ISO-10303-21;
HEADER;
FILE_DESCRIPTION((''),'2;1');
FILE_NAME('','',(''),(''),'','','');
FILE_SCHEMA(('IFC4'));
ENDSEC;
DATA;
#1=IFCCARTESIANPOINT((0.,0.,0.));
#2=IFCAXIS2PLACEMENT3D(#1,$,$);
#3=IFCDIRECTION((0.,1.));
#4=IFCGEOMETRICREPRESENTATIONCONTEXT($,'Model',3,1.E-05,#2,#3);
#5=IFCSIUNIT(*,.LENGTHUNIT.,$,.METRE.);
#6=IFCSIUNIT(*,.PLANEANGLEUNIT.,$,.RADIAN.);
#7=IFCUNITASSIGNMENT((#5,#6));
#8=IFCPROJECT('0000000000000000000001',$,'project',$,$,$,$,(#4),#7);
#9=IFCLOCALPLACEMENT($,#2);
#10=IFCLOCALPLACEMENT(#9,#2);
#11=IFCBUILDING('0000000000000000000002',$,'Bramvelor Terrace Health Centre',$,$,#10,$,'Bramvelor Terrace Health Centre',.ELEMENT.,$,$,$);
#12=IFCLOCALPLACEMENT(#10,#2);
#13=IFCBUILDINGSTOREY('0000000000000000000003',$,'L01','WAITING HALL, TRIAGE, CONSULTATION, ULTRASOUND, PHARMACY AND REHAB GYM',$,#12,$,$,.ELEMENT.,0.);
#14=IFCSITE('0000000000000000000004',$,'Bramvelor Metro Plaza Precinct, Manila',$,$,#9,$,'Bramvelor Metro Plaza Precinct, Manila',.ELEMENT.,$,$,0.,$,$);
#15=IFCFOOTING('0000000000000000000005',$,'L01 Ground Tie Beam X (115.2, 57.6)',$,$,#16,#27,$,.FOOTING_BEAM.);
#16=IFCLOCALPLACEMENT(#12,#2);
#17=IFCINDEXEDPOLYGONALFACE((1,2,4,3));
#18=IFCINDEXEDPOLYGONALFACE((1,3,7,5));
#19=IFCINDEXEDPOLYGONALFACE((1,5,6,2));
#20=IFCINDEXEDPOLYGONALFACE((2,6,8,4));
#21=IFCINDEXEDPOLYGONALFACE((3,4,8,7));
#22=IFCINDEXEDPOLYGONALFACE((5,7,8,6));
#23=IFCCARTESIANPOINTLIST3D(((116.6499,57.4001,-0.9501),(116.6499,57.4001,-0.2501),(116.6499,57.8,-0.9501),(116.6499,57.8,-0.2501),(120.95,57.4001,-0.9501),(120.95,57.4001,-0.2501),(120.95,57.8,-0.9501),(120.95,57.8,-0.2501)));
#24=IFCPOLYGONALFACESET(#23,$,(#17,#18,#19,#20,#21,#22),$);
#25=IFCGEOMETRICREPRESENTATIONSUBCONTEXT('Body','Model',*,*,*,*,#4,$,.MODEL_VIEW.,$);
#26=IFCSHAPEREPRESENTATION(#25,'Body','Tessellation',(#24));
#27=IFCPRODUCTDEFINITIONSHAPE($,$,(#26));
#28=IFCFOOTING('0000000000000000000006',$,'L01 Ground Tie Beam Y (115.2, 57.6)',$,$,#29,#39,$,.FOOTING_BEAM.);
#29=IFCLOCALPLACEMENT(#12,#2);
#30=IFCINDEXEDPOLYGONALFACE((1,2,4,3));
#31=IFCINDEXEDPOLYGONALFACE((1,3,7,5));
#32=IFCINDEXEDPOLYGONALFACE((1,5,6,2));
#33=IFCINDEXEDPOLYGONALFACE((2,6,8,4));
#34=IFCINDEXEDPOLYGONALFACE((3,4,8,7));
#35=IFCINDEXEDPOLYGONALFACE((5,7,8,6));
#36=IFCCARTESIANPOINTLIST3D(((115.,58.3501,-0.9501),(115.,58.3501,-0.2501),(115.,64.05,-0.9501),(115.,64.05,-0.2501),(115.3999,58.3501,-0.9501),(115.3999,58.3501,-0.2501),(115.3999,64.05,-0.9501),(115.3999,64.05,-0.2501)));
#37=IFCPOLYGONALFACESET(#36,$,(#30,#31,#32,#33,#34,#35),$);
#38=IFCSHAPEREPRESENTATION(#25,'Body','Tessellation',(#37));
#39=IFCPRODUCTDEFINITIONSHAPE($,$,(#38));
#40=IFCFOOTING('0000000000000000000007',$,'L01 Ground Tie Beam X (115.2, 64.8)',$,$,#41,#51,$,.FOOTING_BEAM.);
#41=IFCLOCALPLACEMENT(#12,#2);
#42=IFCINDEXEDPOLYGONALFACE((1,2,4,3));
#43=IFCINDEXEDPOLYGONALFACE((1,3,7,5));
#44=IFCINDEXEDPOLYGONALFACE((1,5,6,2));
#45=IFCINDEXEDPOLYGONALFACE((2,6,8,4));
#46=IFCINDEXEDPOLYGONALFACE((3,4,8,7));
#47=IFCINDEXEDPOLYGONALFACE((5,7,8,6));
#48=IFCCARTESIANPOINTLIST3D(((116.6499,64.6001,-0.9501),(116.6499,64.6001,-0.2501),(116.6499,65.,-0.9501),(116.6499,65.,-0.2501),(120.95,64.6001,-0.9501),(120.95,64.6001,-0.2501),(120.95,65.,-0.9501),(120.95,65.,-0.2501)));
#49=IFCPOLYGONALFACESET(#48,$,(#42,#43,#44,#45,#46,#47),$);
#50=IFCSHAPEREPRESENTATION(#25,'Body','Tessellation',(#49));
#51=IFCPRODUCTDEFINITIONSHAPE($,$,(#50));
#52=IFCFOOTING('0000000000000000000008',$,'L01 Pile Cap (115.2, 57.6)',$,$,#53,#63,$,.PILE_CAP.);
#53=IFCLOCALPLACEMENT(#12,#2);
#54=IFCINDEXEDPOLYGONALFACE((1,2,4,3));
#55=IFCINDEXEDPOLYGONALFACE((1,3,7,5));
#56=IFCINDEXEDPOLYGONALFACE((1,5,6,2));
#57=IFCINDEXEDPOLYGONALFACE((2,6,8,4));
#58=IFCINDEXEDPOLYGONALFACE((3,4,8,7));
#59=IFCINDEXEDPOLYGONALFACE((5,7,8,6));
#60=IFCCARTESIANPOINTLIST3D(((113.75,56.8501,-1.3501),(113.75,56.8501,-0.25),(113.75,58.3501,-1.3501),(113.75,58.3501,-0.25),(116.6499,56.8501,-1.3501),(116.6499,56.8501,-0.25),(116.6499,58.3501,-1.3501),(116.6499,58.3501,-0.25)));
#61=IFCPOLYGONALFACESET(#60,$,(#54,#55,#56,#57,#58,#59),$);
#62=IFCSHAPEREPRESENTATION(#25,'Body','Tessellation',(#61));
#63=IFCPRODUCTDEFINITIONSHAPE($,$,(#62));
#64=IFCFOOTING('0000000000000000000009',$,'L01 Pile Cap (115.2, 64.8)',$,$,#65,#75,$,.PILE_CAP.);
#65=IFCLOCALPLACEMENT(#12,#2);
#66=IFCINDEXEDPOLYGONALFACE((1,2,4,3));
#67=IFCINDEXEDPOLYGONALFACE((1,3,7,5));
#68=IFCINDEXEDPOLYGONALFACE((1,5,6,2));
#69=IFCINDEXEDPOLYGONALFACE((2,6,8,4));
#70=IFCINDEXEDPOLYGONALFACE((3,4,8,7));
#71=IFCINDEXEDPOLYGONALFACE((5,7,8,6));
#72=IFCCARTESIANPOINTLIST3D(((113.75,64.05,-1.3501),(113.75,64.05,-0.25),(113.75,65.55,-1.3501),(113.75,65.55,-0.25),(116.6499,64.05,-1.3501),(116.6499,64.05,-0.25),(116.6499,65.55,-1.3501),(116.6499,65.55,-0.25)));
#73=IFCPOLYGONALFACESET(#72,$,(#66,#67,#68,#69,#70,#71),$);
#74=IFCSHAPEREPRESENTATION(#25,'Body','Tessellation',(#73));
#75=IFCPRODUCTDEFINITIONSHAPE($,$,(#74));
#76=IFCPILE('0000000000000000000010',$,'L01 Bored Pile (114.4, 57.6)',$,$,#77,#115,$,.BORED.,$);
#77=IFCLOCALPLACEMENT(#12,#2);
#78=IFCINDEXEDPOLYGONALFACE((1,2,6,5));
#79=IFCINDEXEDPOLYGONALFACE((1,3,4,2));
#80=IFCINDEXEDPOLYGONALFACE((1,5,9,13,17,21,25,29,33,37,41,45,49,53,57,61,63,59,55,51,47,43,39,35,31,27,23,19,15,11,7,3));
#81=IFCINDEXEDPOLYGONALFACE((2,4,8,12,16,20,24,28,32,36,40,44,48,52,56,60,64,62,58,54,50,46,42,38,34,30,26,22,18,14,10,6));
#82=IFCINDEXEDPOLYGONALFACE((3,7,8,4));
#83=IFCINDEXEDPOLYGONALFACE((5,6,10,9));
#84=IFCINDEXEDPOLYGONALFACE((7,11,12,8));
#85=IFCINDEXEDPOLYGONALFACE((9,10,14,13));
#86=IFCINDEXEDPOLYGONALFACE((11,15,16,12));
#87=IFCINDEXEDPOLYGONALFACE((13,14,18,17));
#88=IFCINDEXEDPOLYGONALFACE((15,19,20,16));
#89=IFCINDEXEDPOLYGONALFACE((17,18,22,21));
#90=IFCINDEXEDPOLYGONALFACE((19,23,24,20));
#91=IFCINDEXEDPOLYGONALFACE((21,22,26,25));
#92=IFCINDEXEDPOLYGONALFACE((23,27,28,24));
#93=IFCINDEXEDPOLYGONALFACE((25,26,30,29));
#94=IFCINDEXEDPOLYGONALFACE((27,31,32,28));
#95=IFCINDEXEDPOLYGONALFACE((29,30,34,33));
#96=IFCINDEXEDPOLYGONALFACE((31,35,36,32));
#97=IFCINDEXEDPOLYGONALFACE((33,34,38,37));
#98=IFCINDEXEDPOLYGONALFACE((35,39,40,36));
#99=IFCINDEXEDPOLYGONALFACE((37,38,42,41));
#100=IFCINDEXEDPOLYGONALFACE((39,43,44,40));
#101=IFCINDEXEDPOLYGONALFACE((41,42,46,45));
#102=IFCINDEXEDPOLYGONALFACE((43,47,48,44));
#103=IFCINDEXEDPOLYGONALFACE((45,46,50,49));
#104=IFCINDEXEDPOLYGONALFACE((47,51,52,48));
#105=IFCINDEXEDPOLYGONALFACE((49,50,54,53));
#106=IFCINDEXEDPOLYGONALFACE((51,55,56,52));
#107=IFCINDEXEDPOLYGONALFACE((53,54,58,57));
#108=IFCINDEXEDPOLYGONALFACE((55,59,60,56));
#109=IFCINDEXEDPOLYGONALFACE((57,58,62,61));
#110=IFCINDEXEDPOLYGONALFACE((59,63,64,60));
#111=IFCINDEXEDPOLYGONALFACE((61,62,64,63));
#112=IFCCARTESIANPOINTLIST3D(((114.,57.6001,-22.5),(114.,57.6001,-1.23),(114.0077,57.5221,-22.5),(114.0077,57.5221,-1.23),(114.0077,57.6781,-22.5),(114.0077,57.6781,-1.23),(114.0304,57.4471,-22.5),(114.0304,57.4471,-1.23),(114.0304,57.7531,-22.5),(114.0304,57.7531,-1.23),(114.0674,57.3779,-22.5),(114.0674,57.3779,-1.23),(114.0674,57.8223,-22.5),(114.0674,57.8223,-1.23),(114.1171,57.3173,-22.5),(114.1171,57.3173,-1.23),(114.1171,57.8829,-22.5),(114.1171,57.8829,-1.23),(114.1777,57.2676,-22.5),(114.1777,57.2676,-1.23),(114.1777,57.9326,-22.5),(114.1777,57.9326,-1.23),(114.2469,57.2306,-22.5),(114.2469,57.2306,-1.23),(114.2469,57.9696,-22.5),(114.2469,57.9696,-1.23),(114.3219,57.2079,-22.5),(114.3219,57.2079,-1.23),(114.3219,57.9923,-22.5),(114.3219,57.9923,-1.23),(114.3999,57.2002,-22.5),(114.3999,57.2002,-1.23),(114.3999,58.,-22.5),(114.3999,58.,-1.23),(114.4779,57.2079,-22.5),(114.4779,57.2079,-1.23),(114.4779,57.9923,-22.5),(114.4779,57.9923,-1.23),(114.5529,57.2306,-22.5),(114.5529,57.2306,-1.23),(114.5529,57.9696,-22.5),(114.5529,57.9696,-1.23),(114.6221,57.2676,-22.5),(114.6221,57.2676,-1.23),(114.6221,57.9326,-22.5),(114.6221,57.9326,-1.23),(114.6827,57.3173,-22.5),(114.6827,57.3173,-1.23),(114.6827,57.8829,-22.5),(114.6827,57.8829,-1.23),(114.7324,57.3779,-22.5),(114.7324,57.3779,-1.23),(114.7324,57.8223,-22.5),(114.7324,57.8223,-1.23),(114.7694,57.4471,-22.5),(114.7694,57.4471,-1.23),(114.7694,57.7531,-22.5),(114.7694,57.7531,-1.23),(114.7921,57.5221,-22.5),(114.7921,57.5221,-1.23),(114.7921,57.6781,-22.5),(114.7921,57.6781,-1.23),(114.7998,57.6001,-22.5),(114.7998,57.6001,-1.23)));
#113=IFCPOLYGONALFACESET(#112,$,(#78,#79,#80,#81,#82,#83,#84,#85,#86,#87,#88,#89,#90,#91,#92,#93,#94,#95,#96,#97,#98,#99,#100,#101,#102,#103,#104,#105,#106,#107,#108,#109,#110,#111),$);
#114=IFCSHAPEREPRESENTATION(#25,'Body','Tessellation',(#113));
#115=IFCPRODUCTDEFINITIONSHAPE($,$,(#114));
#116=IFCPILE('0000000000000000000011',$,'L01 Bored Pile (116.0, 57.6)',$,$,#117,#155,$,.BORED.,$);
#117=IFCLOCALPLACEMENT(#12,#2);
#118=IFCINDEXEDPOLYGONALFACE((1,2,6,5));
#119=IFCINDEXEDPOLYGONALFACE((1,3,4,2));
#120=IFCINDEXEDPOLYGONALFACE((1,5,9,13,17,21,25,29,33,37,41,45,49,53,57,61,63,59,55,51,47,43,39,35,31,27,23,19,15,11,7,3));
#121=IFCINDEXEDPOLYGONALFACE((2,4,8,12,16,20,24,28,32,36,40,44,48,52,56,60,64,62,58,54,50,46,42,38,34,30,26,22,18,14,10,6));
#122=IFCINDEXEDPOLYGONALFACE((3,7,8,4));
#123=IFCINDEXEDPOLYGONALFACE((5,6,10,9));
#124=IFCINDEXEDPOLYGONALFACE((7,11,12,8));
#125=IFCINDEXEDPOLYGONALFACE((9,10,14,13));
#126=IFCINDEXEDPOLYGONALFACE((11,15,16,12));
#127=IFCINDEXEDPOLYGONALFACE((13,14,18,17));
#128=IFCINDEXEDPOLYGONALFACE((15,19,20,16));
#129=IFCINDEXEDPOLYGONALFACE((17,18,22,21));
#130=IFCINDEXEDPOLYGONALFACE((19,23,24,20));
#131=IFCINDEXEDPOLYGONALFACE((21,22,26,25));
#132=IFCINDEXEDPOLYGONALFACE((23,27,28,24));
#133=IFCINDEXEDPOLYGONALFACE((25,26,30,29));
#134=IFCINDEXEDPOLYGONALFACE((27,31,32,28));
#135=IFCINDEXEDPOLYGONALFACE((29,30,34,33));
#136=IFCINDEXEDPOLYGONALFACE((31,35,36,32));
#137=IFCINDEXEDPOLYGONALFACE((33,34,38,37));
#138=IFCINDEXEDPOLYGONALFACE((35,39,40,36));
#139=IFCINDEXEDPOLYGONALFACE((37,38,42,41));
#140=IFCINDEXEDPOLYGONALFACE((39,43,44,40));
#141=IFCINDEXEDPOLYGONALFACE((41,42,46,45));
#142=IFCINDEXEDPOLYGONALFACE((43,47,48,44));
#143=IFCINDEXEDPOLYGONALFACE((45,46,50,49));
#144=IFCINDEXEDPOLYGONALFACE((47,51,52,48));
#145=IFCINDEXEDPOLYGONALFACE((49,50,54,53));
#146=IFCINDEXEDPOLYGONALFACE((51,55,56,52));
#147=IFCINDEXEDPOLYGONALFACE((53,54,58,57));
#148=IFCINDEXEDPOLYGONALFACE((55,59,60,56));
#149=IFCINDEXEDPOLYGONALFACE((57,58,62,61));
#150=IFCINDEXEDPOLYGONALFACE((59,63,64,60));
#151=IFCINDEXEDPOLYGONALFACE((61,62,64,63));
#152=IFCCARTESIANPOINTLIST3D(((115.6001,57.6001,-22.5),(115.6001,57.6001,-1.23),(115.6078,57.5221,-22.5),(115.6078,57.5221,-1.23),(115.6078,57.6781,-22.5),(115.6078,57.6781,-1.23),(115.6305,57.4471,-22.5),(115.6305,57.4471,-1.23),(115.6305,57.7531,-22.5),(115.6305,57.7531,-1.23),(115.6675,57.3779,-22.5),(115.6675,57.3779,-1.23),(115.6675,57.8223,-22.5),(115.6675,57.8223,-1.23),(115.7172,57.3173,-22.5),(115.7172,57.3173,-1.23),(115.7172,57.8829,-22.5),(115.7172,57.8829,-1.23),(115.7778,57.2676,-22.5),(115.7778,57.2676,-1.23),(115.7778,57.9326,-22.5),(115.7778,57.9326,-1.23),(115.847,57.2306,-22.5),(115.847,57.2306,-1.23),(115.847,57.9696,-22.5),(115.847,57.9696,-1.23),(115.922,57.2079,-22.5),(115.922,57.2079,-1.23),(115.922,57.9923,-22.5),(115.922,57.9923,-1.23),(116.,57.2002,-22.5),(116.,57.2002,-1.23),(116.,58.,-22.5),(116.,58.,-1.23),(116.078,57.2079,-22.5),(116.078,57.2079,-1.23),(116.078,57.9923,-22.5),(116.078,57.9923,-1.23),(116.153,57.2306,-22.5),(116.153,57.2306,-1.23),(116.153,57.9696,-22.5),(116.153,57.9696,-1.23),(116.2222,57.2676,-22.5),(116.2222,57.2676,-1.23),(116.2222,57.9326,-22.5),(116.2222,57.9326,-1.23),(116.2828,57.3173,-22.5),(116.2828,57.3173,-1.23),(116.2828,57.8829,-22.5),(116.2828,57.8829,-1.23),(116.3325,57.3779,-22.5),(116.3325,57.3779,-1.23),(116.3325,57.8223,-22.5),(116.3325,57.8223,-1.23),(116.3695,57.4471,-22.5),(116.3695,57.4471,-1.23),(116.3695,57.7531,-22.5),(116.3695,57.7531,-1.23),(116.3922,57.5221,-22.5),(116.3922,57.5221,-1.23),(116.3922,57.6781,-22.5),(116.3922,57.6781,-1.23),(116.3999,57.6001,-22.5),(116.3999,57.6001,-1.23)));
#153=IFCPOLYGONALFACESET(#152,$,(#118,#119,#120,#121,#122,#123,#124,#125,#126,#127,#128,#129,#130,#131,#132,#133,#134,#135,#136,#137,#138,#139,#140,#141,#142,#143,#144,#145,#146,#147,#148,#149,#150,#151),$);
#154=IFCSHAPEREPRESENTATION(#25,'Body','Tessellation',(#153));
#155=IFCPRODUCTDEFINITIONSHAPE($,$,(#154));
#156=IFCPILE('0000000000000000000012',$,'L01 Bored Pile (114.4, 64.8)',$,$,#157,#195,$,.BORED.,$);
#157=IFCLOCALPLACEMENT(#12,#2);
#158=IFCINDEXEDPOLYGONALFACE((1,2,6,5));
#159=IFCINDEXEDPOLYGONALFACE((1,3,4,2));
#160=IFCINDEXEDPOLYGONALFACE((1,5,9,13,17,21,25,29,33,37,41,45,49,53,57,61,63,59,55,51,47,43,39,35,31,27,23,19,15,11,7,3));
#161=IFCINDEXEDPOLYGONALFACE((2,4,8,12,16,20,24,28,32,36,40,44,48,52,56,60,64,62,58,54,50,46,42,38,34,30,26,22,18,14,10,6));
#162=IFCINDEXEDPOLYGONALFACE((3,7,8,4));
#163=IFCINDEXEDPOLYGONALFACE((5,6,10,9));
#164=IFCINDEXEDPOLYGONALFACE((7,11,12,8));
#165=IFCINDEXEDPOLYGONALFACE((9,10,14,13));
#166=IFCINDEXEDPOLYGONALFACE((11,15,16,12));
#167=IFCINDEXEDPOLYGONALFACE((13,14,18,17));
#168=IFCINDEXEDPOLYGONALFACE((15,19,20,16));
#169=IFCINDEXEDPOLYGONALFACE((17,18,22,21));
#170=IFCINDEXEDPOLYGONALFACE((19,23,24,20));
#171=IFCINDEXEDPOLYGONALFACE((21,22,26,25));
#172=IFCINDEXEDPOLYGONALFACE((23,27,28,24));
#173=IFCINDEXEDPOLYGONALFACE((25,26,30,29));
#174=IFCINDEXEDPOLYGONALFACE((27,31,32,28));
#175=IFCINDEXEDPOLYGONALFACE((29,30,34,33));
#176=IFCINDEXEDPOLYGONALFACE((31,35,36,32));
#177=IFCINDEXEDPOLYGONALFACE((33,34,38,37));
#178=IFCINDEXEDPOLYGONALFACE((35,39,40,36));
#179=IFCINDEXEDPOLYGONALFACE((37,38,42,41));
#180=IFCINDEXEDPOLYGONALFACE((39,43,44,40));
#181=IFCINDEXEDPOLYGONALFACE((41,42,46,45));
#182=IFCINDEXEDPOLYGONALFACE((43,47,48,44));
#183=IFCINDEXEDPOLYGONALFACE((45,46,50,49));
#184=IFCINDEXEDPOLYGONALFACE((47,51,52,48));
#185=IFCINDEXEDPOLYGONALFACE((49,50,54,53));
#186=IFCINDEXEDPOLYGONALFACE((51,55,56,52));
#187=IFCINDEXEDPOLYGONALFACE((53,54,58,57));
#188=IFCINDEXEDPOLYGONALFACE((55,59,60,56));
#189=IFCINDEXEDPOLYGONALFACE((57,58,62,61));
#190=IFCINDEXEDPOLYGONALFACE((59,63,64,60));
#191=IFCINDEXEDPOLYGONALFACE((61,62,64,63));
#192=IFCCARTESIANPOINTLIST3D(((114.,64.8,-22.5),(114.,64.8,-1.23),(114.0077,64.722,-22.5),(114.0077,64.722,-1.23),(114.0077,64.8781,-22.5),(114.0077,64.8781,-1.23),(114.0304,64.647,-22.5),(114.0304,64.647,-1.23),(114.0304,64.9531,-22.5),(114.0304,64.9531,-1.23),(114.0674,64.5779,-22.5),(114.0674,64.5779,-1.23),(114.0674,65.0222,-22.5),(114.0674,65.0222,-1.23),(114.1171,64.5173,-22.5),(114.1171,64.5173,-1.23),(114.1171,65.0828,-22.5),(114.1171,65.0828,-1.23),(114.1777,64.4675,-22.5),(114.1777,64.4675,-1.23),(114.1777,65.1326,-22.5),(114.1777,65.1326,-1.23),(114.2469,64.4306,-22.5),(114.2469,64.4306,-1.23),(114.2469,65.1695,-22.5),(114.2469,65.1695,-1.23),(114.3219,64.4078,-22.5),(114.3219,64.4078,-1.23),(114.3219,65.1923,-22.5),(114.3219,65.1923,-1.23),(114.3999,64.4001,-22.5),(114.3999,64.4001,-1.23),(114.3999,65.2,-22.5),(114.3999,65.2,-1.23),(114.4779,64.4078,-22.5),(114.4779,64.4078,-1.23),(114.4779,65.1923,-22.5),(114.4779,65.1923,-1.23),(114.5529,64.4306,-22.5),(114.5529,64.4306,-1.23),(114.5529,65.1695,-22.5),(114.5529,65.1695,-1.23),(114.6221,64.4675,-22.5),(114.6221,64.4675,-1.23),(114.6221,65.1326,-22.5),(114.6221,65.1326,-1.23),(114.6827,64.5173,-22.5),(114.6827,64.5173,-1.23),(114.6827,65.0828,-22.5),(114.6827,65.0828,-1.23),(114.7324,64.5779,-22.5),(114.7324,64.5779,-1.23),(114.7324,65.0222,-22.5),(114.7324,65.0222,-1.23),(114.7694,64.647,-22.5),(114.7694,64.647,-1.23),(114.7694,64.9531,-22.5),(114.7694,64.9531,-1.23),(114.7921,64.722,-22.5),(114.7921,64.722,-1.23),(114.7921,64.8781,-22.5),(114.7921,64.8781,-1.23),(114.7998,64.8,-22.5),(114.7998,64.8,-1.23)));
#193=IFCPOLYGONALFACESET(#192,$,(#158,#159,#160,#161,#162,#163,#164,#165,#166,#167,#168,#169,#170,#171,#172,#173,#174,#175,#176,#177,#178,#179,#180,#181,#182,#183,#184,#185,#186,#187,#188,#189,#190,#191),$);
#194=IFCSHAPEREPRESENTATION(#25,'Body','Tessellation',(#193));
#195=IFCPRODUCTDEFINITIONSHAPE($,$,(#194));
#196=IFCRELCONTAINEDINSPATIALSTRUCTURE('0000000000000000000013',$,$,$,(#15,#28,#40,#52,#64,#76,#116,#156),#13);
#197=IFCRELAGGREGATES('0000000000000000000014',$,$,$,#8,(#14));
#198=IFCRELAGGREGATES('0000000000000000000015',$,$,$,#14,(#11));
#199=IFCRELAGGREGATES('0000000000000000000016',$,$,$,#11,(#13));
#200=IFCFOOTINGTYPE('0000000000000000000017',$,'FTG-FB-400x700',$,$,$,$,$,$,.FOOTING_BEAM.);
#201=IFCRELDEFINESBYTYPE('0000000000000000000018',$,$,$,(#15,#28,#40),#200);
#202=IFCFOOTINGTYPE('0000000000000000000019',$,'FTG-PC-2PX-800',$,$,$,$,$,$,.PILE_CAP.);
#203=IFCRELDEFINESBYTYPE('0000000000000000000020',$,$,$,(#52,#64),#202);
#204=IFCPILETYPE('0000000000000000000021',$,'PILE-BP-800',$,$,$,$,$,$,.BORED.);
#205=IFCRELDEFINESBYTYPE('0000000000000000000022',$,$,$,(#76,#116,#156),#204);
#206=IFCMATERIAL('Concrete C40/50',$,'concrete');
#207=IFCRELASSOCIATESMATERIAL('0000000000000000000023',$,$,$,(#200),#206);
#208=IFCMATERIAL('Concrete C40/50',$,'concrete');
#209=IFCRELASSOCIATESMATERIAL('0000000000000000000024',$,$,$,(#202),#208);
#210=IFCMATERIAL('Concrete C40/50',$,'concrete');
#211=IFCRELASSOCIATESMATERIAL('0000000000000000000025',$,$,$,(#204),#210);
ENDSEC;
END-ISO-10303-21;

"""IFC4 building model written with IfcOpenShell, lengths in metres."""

from ifc_helpers import new_model, si_unit, direction, frame, origin, origin_2d, place, context, subcontext, project, spatial, rectangle, circle, extrude, material, material_profile, profile_set, type_object, element, save


model = new_model("IFC4")

# Units and contexts
model_context = context("Model", 3, precision=1e-05, world=origin(), true_north=direction((0.0, 1.0)))
body_context = subcontext(model_context, "Body", "Model", "MODEL_VIEW")
ifc_project = project(units=[si_unit("LENGTHUNIT", "METRE"), si_unit("PLANEANGLEUNIT", "RADIAN")], contexts=[model_context])

# Site, building, storey
site_placement = place(None, origin())
site = spatial("IfcSite", under=ifc_project, at=site_placement, Name="Bramvelor Metro Plaza Precinct, Manila", LongName="Bramvelor Metro Plaza Precinct, Manila", CompositionType="ELEMENT", RefElevation=0.0)
building_placement = place(site_placement, origin())
building = spatial("IfcBuilding", under=site, at=building_placement, Name="Bramvelor Terrace Health Centre", LongName="Bramvelor Terrace Health Centre", CompositionType="ELEMENT")
storey_placement = place(building_placement, origin())
storey = spatial("IfcBuildingStorey", under=building, at=storey_placement, Name="L01", Description="WAITING HALL, TRIAGE, CONSULTATION, ULTRASOUND, PHARMACY AND REHAB GYM", CompositionType="ELEMENT", Elevation=0.0)

# Footings
ifc_material_1 = material(Name="Concrete C40/50", Category="concrete")
ifc_material_profile_1 = material_profile(ifc_material_1, rectangle(XDim=0.3999, YDim=0.7, at=origin_2d()), Name="RC 400x700")
ifc_profile_set_1 = profile_set([ifc_material_profile_1], Name="Concrete C40/50")
footing_type_1 = type_object("IfcFootingType", Name="FTG-FB-400x700", PredefinedType="FOOTING_BEAM", material=ifc_profile_set_1)
footing_1_placement = place(storey_placement, frame((116.6499, 57.6001, -0.6001), z_axis=(1.0, 0.0, 0.0), x_axis=(0.0, 1.0, 0.0)))
element("IfcFooting", 1, at=footing_1_placement, inside=storey, type_object=footing_type_1, Name="L01 Ground Tie Beam X (115.2, 57.6)", PredefinedType="FOOTING_BEAM", context=body_context, shape_type="SweptSolid", body=[
    extrude(rectangle(XDim=0.3999, YDim=0.7, at=origin_2d()), origin(), (0.0, 0.0, 1.0), 4.3),
])
footing_2_placement = place(storey_placement, frame((115.2, 58.3501, -0.6001), z_axis=(0.0, 1.0, 0.0), x_axis=(-1.0, 0.0, 0.0)))
element("IfcFooting", 2, at=footing_2_placement, inside=storey, type_object=footing_type_1, Name="L01 Ground Tie Beam Y (115.2, 57.6)", PredefinedType="FOOTING_BEAM", context=body_context, shape_type="SweptSolid", body=[
    extrude(rectangle(XDim=0.3999, YDim=0.7, at=origin_2d()), origin(), (0.0, 0.0, 1.0), 5.7),
])
footing_3_placement = place(storey_placement, frame((116.6499, 64.8, -0.6001), z_axis=(1.0, 0.0, 0.0), x_axis=(0.0, 1.0, 0.0)))
element("IfcFooting", 3, at=footing_3_placement, inside=storey, type_object=footing_type_1, Name="L01 Ground Tie Beam X (115.2, 64.8)", PredefinedType="FOOTING_BEAM", context=body_context, shape_type="SweptSolid", body=[
    extrude(rectangle(XDim=0.3999, YDim=0.7, at=origin_2d()), origin(), (0.0, 0.0, 1.0), 4.3),
])
ifc_material_2 = material(Name="Concrete C40/50", Category="concrete")
footing_type_2 = type_object("IfcFootingType", Name="FTG-PC-2PX-800", PredefinedType="PILE_CAP", material=ifc_material_2)
for number, where, z_axis, x_axis, name in (
    (4, (115.2, 57.6001, -1.3501), (0.0, 0.0, 1.0), (1.0, 0.0, 0.0), "L01 Pile Cap (115.2, 57.6)"),
    (5, (115.2, 64.8, -1.3501), (0.0, 0.0, 1.0), (1.0, 0.0, 0.0), "L01 Pile Cap (115.2, 64.8)"),
):
    element("IfcFooting", number, at=place(storey_placement, frame(where, z_axis=z_axis, x_axis=x_axis)), inside=storey, type_object=footing_type_2, Name=name, PredefinedType="PILE_CAP", context=body_context, shape_type="SweptSolid", body=[
        extrude(rectangle(XDim=2.8999, YDim=1.5, at=origin_2d()), origin(), (0.0, 0.0, 1.0), 1.1001),
    ])

# Piles
ifc_material_3 = material(Name="Concrete C40/50", Category="concrete")
ifc_material_profile_2 = material_profile(ifc_material_3, circle(Radius=0.3999, at=origin_2d()), Name="BP D800")
ifc_profile_set_2 = profile_set([ifc_material_profile_2], Name="Concrete C40/50")
pile_type = type_object("IfcPileType", Name="PILE-BP-800", PredefinedType="BORED", material=ifc_profile_set_2)
for number, where, z_axis, x_axis, name in (
    (6, (114.3999, 57.6001, -1.23), (0.0, 0.0, -1.0), (1.0, 0.0, 0.0), "L01 Bored Pile (114.4, 57.6)"),
    (7, (116.0, 57.6001, -1.23), (0.0, 0.0, -1.0), (1.0, 0.0, 0.0), "L01 Bored Pile (116.0, 57.6)"),
    (8, (114.3999, 64.8, -1.23), (0.0, 0.0, -1.0), (1.0, 0.0, 0.0), "L01 Bored Pile (114.4, 64.8)"),
):
    element("IfcPile", number, at=place(storey_placement, frame(where, z_axis=z_axis, x_axis=x_axis)), inside=storey, type_object=pile_type, Name=name, PredefinedType="BORED", context=body_context, shape_type="SweptSolid", body=[
        extrude(circle(Radius=0.3999, at=origin_2d()), origin(), (0.0, 0.0, 1.0), 21.27),
    ])

save(model, "model.ifc")
